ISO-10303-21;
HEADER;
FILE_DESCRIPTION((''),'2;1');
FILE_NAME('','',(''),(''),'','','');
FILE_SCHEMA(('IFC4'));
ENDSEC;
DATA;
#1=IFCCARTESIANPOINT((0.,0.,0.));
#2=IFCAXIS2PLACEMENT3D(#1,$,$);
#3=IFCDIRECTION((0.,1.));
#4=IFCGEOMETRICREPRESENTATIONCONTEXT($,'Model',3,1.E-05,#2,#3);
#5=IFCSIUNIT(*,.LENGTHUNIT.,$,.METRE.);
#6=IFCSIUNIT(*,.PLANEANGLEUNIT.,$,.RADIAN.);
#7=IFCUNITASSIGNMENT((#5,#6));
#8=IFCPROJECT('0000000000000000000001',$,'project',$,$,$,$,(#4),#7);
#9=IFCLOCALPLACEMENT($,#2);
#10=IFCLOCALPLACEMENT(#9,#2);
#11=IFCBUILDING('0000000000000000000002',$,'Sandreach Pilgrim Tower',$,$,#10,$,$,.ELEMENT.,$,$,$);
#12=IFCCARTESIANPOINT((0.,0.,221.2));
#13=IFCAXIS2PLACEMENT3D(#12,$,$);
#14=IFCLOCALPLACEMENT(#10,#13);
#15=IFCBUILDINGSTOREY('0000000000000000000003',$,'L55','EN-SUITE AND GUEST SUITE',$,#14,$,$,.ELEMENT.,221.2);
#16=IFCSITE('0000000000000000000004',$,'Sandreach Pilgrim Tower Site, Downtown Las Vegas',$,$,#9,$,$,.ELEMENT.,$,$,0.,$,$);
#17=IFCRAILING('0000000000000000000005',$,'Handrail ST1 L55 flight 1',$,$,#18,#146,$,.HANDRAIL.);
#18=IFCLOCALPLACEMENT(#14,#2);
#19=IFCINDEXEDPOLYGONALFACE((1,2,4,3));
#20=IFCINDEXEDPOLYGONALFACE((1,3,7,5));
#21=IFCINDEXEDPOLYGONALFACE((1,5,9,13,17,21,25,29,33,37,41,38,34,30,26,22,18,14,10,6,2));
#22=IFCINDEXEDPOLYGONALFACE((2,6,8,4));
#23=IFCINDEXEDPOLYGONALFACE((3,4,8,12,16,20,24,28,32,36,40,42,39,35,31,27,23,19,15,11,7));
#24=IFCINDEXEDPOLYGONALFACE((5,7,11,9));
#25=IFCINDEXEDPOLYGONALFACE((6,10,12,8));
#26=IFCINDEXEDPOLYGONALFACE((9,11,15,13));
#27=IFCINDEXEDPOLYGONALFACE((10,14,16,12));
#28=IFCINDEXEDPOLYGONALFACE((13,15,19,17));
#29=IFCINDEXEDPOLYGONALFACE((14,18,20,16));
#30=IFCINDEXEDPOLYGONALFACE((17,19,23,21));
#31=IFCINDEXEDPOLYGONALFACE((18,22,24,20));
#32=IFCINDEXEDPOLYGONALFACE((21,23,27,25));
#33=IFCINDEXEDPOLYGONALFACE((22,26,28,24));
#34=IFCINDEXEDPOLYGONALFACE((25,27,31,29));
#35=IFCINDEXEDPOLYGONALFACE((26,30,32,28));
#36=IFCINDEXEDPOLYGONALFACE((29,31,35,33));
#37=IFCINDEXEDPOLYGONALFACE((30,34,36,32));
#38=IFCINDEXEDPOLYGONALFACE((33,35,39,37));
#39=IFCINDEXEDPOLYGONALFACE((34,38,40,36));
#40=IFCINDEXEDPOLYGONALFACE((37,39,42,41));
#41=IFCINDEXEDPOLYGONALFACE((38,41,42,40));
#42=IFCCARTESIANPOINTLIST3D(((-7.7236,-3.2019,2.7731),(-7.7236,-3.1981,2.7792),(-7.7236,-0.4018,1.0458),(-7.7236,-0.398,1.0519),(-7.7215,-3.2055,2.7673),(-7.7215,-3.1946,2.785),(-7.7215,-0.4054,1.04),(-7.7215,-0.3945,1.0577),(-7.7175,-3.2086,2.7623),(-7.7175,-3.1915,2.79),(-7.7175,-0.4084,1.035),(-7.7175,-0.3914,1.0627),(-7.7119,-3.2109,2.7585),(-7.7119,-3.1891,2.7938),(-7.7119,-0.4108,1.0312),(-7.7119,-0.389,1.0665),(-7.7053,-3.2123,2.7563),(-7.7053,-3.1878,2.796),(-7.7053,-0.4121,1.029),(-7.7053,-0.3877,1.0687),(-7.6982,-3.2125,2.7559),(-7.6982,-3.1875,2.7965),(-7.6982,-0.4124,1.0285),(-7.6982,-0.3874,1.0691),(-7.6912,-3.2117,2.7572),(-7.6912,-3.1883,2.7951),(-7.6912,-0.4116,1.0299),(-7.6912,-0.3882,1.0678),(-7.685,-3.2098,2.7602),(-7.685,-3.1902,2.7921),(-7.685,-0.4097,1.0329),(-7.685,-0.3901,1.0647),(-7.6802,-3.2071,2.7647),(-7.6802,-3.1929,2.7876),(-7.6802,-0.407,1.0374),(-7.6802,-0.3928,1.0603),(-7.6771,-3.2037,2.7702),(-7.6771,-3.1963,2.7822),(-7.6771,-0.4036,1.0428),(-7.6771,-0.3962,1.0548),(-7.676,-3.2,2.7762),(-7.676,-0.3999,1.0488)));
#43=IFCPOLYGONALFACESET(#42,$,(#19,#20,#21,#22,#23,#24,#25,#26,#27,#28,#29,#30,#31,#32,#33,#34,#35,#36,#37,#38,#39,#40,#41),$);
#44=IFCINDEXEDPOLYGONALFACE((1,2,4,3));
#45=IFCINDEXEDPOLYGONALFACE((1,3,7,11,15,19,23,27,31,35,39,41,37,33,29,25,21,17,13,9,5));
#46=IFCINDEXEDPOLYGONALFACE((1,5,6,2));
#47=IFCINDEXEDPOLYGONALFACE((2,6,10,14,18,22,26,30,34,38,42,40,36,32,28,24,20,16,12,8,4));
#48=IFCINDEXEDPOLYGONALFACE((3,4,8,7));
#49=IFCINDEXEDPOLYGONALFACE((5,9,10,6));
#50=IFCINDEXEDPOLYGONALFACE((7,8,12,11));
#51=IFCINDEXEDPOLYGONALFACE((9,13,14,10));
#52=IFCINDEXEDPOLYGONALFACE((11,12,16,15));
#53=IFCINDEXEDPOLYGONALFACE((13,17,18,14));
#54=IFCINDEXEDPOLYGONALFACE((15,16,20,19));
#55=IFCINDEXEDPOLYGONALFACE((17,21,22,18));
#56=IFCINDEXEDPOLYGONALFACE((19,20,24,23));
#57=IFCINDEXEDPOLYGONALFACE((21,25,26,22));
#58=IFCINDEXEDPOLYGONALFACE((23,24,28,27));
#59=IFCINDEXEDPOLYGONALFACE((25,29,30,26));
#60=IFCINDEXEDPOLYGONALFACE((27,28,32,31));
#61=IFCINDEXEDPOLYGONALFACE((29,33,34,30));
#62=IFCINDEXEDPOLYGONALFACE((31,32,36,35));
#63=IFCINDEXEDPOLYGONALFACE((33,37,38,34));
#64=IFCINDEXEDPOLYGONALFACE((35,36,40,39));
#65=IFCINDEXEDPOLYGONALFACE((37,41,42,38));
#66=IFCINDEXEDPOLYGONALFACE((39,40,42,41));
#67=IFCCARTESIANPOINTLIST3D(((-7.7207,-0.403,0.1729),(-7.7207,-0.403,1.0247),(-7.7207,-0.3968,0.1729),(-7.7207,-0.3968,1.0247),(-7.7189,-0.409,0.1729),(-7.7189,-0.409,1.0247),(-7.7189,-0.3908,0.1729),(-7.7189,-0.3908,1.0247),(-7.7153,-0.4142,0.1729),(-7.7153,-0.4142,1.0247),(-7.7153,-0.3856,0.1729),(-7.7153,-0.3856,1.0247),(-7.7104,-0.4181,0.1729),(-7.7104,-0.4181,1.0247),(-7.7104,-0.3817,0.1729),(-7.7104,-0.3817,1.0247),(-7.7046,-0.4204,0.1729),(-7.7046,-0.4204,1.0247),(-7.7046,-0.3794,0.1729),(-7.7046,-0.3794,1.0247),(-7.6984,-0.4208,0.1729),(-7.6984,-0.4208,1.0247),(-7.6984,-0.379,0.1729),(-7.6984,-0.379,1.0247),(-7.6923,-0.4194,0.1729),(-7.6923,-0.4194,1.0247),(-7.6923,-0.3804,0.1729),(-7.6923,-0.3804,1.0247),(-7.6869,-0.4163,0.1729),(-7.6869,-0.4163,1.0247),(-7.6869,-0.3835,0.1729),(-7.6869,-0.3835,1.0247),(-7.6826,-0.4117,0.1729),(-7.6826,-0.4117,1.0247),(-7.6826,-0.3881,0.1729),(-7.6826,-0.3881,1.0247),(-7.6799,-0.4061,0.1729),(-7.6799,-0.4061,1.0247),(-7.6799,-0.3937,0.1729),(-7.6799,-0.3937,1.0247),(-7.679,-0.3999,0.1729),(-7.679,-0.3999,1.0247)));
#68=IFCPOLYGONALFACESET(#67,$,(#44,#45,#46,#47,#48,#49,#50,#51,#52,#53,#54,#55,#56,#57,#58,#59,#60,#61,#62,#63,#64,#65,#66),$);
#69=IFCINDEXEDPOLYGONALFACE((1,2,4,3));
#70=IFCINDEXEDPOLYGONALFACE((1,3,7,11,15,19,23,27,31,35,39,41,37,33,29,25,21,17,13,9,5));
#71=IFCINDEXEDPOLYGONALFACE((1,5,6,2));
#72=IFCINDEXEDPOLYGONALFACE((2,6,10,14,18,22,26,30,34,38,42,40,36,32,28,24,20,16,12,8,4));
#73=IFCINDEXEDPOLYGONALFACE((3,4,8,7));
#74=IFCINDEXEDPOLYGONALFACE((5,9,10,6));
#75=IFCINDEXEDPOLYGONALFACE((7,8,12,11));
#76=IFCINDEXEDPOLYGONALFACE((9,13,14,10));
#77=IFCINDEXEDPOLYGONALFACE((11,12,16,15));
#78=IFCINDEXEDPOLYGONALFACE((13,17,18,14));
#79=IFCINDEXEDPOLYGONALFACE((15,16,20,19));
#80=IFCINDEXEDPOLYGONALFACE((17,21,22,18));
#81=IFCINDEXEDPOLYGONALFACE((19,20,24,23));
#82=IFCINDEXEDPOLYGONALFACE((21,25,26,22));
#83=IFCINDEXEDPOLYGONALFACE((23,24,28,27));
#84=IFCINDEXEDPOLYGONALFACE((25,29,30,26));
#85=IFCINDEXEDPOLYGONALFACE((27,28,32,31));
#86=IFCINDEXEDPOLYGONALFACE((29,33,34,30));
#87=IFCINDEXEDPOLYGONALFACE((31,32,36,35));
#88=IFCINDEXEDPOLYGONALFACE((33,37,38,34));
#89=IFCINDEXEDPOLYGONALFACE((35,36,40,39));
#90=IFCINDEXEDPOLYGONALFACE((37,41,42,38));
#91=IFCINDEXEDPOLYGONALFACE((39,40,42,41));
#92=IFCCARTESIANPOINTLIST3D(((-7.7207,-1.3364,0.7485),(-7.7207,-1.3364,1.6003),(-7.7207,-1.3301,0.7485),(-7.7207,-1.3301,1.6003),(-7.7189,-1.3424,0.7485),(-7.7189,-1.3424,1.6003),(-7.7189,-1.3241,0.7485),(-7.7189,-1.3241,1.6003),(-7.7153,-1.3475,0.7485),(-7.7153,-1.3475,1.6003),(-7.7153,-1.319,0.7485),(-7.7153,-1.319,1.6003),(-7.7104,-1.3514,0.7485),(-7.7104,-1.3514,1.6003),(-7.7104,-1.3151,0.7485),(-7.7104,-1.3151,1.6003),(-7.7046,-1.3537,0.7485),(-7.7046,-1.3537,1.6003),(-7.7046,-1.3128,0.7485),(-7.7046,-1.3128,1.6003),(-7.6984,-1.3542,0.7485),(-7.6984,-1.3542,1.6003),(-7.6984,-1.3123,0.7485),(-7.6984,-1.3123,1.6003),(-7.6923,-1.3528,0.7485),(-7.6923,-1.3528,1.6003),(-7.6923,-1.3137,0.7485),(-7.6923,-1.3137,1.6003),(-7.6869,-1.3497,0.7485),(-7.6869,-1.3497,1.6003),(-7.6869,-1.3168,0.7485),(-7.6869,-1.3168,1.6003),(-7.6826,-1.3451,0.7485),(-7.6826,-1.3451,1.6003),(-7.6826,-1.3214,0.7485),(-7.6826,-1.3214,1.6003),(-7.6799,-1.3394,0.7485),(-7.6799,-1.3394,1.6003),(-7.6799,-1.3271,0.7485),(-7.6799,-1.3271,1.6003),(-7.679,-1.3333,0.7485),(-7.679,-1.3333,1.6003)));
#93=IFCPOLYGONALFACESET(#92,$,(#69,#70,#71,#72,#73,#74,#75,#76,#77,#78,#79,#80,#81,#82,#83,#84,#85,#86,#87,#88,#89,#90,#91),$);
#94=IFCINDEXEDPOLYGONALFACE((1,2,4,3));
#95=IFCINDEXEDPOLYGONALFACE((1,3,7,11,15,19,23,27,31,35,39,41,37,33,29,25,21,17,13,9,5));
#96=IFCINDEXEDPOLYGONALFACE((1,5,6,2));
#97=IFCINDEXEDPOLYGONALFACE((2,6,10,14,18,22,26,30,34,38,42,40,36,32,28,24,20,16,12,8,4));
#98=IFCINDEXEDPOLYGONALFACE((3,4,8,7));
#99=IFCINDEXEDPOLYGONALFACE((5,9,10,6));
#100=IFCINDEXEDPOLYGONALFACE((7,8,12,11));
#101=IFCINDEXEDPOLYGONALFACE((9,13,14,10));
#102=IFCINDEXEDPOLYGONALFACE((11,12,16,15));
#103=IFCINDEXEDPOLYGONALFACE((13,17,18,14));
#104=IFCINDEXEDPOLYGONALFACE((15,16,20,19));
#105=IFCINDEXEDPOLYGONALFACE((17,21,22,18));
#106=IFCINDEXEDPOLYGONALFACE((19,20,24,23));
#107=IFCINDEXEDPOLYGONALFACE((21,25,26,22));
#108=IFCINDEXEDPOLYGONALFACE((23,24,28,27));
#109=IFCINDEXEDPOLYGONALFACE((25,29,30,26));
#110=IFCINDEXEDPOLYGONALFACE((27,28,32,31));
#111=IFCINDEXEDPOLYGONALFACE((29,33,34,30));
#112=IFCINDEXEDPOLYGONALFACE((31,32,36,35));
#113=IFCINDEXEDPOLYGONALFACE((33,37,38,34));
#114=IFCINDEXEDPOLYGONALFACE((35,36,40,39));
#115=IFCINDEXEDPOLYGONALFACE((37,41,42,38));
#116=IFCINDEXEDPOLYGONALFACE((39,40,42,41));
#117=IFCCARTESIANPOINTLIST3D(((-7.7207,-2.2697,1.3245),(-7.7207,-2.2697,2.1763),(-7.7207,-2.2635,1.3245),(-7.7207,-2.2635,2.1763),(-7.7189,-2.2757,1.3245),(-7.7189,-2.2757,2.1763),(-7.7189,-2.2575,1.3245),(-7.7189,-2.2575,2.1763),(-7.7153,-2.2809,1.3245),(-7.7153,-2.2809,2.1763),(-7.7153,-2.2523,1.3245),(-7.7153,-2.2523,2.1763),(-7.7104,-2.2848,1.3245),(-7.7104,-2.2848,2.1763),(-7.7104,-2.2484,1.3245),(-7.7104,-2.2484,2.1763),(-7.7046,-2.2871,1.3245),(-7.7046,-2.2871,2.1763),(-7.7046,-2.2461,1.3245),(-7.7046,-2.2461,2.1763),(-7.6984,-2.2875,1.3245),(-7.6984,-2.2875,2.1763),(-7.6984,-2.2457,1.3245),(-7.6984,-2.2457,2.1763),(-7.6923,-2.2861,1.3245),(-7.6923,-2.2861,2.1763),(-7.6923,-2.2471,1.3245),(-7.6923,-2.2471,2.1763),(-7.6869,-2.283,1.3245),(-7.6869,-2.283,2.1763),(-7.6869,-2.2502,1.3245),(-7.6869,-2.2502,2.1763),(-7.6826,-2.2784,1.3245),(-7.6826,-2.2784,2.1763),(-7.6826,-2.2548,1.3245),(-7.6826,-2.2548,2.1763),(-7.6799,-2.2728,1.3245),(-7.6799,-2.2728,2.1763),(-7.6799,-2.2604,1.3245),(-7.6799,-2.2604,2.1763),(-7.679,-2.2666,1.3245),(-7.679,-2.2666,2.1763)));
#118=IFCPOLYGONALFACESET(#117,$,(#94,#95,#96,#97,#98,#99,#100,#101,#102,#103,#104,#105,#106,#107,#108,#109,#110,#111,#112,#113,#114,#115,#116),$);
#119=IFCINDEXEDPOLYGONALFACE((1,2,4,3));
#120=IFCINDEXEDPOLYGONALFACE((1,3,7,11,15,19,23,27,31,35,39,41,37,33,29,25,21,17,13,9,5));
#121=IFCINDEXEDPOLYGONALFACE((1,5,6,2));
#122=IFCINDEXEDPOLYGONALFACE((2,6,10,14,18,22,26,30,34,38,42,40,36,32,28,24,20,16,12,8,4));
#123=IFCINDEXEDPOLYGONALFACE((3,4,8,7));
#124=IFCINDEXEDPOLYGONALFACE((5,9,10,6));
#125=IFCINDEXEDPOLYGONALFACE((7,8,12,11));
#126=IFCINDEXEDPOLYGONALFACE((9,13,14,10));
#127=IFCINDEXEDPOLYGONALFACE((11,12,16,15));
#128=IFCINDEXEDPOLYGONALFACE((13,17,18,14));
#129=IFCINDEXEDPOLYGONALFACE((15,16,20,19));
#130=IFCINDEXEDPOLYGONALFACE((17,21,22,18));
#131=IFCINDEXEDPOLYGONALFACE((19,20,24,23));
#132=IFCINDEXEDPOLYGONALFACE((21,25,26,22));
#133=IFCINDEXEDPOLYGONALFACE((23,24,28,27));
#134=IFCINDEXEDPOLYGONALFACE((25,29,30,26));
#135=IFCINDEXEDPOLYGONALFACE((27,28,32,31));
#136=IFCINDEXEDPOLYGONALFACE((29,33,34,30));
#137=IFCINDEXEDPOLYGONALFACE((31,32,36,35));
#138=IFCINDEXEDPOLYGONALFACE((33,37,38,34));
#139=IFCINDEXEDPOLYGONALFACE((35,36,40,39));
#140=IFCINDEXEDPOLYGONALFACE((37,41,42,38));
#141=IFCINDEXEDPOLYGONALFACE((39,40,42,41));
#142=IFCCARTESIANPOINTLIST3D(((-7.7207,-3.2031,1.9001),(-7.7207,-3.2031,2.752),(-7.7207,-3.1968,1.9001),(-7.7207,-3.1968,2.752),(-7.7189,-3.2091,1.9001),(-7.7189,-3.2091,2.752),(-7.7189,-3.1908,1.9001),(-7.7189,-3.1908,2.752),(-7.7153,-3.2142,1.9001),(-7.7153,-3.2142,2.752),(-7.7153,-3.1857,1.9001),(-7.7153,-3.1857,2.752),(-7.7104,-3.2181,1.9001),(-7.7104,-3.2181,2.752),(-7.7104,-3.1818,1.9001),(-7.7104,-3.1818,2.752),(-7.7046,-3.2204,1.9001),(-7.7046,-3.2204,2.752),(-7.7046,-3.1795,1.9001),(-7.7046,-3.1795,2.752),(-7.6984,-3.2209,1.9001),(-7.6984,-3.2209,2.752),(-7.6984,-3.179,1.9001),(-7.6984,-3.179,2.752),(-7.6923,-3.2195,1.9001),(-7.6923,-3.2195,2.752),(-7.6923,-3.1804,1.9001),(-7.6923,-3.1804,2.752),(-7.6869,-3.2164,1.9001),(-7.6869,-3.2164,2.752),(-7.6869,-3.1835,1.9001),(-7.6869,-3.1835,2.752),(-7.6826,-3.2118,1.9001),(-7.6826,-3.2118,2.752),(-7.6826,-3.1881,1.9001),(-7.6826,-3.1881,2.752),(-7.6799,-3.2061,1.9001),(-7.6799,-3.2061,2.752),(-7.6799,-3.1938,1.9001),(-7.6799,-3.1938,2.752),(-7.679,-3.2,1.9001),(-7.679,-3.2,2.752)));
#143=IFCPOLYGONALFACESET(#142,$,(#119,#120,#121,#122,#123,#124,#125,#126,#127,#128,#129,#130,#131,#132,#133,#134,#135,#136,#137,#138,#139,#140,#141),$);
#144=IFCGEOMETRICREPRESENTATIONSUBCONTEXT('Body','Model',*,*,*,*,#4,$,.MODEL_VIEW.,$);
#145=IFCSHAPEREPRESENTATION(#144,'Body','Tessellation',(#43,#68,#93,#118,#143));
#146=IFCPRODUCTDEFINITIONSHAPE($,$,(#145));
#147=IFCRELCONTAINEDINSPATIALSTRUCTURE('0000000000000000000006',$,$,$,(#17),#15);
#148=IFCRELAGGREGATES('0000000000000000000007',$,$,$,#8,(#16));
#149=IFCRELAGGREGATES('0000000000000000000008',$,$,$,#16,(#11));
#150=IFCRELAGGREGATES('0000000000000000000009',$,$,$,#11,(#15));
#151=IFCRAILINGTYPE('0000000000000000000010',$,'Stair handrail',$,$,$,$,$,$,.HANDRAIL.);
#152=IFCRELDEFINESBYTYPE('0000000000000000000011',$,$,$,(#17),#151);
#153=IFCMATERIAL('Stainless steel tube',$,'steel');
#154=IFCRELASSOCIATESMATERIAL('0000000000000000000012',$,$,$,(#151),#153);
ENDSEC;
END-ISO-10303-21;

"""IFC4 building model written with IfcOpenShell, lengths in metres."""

from ifc_helpers import new_model, si_unit, direction, frame, origin, origin_2d, place, context, subcontext, project, spatial, circle, extrude, material, type_object, element, save


model = new_model("IFC4")

# Units and contexts
model_context = context("Model", 3, precision=1e-05, world=origin(), true_north=direction((0.0, 1.0)))
body_context = subcontext(model_context, "Body", "Model", "MODEL_VIEW")
ifc_project = project(units=[si_unit("LENGTHUNIT", "METRE"), si_unit("PLANEANGLEUNIT", "RADIAN")], contexts=[model_context])

# Site, building, storey
site_placement = place(None, origin())
site = spatial("IfcSite", under=ifc_project, at=site_placement, Name="Sandreach Pilgrim Tower Site, Downtown Las Vegas", CompositionType="ELEMENT", RefElevation=0.0)
building_placement = place(site_placement, origin())
building = spatial("IfcBuilding", under=site, at=building_placement, Name="Sandreach Pilgrim Tower", CompositionType="ELEMENT")
storey_placement = place(building_placement, frame((0.0, 0.0, 221.2)))
storey = spatial("IfcBuildingStorey", under=building, at=storey_placement, Name="L55", Description="EN-SUITE AND GUEST SUITE", CompositionType="ELEMENT", Elevation=221.2)

# Railing
ifc_material_1 = material(Name="Stainless steel tube", Category="steel")
railing_type = type_object("IfcRailingType", Name="Stair handrail", PredefinedType="HANDRAIL", material=ifc_material_1)
for number, where, name in (
    (1, (-7.7, -0.3999, 0.1729), "Handrail ST1 L55 flight 1"),
):
    element("IfcRailing", number, at=place(storey_placement, frame(where)), inside=storey, type_object=railing_type, Name=name, PredefinedType="HANDRAIL", context=body_context, shape_type="SweptSolid", body=[
        extrude(circle(Radius=0.0239, at=origin_2d()), frame((0.0, 0.0, 0.876), z_axis=(0.0, -0.85109, 0.52502), x_axis=(1.0, 0.0, 0.0)), (0.0, 0.0, 1.0), 3.29),
        extrude(circle(Radius=0.021, at=origin_2d()), origin(), (0.0, 0.0, 1.0), 0.8518),
        extrude(circle(Radius=0.021, at=origin_2d()), frame((0.0, -0.9333, 0.5757)), (0.0, 0.0, 1.0), 0.8518),
        extrude(circle(Radius=0.021, at=origin_2d()), frame((0.0, -1.8667, 1.1516)), (0.0, 0.0, 1.0), 0.8518),
        extrude(circle(Radius=0.021, at=origin_2d()), frame((0.0, -2.8, 1.7273)), (0.0, 0.0, 1.0), 0.8518),
    ])

save(model, "model.ifc")
